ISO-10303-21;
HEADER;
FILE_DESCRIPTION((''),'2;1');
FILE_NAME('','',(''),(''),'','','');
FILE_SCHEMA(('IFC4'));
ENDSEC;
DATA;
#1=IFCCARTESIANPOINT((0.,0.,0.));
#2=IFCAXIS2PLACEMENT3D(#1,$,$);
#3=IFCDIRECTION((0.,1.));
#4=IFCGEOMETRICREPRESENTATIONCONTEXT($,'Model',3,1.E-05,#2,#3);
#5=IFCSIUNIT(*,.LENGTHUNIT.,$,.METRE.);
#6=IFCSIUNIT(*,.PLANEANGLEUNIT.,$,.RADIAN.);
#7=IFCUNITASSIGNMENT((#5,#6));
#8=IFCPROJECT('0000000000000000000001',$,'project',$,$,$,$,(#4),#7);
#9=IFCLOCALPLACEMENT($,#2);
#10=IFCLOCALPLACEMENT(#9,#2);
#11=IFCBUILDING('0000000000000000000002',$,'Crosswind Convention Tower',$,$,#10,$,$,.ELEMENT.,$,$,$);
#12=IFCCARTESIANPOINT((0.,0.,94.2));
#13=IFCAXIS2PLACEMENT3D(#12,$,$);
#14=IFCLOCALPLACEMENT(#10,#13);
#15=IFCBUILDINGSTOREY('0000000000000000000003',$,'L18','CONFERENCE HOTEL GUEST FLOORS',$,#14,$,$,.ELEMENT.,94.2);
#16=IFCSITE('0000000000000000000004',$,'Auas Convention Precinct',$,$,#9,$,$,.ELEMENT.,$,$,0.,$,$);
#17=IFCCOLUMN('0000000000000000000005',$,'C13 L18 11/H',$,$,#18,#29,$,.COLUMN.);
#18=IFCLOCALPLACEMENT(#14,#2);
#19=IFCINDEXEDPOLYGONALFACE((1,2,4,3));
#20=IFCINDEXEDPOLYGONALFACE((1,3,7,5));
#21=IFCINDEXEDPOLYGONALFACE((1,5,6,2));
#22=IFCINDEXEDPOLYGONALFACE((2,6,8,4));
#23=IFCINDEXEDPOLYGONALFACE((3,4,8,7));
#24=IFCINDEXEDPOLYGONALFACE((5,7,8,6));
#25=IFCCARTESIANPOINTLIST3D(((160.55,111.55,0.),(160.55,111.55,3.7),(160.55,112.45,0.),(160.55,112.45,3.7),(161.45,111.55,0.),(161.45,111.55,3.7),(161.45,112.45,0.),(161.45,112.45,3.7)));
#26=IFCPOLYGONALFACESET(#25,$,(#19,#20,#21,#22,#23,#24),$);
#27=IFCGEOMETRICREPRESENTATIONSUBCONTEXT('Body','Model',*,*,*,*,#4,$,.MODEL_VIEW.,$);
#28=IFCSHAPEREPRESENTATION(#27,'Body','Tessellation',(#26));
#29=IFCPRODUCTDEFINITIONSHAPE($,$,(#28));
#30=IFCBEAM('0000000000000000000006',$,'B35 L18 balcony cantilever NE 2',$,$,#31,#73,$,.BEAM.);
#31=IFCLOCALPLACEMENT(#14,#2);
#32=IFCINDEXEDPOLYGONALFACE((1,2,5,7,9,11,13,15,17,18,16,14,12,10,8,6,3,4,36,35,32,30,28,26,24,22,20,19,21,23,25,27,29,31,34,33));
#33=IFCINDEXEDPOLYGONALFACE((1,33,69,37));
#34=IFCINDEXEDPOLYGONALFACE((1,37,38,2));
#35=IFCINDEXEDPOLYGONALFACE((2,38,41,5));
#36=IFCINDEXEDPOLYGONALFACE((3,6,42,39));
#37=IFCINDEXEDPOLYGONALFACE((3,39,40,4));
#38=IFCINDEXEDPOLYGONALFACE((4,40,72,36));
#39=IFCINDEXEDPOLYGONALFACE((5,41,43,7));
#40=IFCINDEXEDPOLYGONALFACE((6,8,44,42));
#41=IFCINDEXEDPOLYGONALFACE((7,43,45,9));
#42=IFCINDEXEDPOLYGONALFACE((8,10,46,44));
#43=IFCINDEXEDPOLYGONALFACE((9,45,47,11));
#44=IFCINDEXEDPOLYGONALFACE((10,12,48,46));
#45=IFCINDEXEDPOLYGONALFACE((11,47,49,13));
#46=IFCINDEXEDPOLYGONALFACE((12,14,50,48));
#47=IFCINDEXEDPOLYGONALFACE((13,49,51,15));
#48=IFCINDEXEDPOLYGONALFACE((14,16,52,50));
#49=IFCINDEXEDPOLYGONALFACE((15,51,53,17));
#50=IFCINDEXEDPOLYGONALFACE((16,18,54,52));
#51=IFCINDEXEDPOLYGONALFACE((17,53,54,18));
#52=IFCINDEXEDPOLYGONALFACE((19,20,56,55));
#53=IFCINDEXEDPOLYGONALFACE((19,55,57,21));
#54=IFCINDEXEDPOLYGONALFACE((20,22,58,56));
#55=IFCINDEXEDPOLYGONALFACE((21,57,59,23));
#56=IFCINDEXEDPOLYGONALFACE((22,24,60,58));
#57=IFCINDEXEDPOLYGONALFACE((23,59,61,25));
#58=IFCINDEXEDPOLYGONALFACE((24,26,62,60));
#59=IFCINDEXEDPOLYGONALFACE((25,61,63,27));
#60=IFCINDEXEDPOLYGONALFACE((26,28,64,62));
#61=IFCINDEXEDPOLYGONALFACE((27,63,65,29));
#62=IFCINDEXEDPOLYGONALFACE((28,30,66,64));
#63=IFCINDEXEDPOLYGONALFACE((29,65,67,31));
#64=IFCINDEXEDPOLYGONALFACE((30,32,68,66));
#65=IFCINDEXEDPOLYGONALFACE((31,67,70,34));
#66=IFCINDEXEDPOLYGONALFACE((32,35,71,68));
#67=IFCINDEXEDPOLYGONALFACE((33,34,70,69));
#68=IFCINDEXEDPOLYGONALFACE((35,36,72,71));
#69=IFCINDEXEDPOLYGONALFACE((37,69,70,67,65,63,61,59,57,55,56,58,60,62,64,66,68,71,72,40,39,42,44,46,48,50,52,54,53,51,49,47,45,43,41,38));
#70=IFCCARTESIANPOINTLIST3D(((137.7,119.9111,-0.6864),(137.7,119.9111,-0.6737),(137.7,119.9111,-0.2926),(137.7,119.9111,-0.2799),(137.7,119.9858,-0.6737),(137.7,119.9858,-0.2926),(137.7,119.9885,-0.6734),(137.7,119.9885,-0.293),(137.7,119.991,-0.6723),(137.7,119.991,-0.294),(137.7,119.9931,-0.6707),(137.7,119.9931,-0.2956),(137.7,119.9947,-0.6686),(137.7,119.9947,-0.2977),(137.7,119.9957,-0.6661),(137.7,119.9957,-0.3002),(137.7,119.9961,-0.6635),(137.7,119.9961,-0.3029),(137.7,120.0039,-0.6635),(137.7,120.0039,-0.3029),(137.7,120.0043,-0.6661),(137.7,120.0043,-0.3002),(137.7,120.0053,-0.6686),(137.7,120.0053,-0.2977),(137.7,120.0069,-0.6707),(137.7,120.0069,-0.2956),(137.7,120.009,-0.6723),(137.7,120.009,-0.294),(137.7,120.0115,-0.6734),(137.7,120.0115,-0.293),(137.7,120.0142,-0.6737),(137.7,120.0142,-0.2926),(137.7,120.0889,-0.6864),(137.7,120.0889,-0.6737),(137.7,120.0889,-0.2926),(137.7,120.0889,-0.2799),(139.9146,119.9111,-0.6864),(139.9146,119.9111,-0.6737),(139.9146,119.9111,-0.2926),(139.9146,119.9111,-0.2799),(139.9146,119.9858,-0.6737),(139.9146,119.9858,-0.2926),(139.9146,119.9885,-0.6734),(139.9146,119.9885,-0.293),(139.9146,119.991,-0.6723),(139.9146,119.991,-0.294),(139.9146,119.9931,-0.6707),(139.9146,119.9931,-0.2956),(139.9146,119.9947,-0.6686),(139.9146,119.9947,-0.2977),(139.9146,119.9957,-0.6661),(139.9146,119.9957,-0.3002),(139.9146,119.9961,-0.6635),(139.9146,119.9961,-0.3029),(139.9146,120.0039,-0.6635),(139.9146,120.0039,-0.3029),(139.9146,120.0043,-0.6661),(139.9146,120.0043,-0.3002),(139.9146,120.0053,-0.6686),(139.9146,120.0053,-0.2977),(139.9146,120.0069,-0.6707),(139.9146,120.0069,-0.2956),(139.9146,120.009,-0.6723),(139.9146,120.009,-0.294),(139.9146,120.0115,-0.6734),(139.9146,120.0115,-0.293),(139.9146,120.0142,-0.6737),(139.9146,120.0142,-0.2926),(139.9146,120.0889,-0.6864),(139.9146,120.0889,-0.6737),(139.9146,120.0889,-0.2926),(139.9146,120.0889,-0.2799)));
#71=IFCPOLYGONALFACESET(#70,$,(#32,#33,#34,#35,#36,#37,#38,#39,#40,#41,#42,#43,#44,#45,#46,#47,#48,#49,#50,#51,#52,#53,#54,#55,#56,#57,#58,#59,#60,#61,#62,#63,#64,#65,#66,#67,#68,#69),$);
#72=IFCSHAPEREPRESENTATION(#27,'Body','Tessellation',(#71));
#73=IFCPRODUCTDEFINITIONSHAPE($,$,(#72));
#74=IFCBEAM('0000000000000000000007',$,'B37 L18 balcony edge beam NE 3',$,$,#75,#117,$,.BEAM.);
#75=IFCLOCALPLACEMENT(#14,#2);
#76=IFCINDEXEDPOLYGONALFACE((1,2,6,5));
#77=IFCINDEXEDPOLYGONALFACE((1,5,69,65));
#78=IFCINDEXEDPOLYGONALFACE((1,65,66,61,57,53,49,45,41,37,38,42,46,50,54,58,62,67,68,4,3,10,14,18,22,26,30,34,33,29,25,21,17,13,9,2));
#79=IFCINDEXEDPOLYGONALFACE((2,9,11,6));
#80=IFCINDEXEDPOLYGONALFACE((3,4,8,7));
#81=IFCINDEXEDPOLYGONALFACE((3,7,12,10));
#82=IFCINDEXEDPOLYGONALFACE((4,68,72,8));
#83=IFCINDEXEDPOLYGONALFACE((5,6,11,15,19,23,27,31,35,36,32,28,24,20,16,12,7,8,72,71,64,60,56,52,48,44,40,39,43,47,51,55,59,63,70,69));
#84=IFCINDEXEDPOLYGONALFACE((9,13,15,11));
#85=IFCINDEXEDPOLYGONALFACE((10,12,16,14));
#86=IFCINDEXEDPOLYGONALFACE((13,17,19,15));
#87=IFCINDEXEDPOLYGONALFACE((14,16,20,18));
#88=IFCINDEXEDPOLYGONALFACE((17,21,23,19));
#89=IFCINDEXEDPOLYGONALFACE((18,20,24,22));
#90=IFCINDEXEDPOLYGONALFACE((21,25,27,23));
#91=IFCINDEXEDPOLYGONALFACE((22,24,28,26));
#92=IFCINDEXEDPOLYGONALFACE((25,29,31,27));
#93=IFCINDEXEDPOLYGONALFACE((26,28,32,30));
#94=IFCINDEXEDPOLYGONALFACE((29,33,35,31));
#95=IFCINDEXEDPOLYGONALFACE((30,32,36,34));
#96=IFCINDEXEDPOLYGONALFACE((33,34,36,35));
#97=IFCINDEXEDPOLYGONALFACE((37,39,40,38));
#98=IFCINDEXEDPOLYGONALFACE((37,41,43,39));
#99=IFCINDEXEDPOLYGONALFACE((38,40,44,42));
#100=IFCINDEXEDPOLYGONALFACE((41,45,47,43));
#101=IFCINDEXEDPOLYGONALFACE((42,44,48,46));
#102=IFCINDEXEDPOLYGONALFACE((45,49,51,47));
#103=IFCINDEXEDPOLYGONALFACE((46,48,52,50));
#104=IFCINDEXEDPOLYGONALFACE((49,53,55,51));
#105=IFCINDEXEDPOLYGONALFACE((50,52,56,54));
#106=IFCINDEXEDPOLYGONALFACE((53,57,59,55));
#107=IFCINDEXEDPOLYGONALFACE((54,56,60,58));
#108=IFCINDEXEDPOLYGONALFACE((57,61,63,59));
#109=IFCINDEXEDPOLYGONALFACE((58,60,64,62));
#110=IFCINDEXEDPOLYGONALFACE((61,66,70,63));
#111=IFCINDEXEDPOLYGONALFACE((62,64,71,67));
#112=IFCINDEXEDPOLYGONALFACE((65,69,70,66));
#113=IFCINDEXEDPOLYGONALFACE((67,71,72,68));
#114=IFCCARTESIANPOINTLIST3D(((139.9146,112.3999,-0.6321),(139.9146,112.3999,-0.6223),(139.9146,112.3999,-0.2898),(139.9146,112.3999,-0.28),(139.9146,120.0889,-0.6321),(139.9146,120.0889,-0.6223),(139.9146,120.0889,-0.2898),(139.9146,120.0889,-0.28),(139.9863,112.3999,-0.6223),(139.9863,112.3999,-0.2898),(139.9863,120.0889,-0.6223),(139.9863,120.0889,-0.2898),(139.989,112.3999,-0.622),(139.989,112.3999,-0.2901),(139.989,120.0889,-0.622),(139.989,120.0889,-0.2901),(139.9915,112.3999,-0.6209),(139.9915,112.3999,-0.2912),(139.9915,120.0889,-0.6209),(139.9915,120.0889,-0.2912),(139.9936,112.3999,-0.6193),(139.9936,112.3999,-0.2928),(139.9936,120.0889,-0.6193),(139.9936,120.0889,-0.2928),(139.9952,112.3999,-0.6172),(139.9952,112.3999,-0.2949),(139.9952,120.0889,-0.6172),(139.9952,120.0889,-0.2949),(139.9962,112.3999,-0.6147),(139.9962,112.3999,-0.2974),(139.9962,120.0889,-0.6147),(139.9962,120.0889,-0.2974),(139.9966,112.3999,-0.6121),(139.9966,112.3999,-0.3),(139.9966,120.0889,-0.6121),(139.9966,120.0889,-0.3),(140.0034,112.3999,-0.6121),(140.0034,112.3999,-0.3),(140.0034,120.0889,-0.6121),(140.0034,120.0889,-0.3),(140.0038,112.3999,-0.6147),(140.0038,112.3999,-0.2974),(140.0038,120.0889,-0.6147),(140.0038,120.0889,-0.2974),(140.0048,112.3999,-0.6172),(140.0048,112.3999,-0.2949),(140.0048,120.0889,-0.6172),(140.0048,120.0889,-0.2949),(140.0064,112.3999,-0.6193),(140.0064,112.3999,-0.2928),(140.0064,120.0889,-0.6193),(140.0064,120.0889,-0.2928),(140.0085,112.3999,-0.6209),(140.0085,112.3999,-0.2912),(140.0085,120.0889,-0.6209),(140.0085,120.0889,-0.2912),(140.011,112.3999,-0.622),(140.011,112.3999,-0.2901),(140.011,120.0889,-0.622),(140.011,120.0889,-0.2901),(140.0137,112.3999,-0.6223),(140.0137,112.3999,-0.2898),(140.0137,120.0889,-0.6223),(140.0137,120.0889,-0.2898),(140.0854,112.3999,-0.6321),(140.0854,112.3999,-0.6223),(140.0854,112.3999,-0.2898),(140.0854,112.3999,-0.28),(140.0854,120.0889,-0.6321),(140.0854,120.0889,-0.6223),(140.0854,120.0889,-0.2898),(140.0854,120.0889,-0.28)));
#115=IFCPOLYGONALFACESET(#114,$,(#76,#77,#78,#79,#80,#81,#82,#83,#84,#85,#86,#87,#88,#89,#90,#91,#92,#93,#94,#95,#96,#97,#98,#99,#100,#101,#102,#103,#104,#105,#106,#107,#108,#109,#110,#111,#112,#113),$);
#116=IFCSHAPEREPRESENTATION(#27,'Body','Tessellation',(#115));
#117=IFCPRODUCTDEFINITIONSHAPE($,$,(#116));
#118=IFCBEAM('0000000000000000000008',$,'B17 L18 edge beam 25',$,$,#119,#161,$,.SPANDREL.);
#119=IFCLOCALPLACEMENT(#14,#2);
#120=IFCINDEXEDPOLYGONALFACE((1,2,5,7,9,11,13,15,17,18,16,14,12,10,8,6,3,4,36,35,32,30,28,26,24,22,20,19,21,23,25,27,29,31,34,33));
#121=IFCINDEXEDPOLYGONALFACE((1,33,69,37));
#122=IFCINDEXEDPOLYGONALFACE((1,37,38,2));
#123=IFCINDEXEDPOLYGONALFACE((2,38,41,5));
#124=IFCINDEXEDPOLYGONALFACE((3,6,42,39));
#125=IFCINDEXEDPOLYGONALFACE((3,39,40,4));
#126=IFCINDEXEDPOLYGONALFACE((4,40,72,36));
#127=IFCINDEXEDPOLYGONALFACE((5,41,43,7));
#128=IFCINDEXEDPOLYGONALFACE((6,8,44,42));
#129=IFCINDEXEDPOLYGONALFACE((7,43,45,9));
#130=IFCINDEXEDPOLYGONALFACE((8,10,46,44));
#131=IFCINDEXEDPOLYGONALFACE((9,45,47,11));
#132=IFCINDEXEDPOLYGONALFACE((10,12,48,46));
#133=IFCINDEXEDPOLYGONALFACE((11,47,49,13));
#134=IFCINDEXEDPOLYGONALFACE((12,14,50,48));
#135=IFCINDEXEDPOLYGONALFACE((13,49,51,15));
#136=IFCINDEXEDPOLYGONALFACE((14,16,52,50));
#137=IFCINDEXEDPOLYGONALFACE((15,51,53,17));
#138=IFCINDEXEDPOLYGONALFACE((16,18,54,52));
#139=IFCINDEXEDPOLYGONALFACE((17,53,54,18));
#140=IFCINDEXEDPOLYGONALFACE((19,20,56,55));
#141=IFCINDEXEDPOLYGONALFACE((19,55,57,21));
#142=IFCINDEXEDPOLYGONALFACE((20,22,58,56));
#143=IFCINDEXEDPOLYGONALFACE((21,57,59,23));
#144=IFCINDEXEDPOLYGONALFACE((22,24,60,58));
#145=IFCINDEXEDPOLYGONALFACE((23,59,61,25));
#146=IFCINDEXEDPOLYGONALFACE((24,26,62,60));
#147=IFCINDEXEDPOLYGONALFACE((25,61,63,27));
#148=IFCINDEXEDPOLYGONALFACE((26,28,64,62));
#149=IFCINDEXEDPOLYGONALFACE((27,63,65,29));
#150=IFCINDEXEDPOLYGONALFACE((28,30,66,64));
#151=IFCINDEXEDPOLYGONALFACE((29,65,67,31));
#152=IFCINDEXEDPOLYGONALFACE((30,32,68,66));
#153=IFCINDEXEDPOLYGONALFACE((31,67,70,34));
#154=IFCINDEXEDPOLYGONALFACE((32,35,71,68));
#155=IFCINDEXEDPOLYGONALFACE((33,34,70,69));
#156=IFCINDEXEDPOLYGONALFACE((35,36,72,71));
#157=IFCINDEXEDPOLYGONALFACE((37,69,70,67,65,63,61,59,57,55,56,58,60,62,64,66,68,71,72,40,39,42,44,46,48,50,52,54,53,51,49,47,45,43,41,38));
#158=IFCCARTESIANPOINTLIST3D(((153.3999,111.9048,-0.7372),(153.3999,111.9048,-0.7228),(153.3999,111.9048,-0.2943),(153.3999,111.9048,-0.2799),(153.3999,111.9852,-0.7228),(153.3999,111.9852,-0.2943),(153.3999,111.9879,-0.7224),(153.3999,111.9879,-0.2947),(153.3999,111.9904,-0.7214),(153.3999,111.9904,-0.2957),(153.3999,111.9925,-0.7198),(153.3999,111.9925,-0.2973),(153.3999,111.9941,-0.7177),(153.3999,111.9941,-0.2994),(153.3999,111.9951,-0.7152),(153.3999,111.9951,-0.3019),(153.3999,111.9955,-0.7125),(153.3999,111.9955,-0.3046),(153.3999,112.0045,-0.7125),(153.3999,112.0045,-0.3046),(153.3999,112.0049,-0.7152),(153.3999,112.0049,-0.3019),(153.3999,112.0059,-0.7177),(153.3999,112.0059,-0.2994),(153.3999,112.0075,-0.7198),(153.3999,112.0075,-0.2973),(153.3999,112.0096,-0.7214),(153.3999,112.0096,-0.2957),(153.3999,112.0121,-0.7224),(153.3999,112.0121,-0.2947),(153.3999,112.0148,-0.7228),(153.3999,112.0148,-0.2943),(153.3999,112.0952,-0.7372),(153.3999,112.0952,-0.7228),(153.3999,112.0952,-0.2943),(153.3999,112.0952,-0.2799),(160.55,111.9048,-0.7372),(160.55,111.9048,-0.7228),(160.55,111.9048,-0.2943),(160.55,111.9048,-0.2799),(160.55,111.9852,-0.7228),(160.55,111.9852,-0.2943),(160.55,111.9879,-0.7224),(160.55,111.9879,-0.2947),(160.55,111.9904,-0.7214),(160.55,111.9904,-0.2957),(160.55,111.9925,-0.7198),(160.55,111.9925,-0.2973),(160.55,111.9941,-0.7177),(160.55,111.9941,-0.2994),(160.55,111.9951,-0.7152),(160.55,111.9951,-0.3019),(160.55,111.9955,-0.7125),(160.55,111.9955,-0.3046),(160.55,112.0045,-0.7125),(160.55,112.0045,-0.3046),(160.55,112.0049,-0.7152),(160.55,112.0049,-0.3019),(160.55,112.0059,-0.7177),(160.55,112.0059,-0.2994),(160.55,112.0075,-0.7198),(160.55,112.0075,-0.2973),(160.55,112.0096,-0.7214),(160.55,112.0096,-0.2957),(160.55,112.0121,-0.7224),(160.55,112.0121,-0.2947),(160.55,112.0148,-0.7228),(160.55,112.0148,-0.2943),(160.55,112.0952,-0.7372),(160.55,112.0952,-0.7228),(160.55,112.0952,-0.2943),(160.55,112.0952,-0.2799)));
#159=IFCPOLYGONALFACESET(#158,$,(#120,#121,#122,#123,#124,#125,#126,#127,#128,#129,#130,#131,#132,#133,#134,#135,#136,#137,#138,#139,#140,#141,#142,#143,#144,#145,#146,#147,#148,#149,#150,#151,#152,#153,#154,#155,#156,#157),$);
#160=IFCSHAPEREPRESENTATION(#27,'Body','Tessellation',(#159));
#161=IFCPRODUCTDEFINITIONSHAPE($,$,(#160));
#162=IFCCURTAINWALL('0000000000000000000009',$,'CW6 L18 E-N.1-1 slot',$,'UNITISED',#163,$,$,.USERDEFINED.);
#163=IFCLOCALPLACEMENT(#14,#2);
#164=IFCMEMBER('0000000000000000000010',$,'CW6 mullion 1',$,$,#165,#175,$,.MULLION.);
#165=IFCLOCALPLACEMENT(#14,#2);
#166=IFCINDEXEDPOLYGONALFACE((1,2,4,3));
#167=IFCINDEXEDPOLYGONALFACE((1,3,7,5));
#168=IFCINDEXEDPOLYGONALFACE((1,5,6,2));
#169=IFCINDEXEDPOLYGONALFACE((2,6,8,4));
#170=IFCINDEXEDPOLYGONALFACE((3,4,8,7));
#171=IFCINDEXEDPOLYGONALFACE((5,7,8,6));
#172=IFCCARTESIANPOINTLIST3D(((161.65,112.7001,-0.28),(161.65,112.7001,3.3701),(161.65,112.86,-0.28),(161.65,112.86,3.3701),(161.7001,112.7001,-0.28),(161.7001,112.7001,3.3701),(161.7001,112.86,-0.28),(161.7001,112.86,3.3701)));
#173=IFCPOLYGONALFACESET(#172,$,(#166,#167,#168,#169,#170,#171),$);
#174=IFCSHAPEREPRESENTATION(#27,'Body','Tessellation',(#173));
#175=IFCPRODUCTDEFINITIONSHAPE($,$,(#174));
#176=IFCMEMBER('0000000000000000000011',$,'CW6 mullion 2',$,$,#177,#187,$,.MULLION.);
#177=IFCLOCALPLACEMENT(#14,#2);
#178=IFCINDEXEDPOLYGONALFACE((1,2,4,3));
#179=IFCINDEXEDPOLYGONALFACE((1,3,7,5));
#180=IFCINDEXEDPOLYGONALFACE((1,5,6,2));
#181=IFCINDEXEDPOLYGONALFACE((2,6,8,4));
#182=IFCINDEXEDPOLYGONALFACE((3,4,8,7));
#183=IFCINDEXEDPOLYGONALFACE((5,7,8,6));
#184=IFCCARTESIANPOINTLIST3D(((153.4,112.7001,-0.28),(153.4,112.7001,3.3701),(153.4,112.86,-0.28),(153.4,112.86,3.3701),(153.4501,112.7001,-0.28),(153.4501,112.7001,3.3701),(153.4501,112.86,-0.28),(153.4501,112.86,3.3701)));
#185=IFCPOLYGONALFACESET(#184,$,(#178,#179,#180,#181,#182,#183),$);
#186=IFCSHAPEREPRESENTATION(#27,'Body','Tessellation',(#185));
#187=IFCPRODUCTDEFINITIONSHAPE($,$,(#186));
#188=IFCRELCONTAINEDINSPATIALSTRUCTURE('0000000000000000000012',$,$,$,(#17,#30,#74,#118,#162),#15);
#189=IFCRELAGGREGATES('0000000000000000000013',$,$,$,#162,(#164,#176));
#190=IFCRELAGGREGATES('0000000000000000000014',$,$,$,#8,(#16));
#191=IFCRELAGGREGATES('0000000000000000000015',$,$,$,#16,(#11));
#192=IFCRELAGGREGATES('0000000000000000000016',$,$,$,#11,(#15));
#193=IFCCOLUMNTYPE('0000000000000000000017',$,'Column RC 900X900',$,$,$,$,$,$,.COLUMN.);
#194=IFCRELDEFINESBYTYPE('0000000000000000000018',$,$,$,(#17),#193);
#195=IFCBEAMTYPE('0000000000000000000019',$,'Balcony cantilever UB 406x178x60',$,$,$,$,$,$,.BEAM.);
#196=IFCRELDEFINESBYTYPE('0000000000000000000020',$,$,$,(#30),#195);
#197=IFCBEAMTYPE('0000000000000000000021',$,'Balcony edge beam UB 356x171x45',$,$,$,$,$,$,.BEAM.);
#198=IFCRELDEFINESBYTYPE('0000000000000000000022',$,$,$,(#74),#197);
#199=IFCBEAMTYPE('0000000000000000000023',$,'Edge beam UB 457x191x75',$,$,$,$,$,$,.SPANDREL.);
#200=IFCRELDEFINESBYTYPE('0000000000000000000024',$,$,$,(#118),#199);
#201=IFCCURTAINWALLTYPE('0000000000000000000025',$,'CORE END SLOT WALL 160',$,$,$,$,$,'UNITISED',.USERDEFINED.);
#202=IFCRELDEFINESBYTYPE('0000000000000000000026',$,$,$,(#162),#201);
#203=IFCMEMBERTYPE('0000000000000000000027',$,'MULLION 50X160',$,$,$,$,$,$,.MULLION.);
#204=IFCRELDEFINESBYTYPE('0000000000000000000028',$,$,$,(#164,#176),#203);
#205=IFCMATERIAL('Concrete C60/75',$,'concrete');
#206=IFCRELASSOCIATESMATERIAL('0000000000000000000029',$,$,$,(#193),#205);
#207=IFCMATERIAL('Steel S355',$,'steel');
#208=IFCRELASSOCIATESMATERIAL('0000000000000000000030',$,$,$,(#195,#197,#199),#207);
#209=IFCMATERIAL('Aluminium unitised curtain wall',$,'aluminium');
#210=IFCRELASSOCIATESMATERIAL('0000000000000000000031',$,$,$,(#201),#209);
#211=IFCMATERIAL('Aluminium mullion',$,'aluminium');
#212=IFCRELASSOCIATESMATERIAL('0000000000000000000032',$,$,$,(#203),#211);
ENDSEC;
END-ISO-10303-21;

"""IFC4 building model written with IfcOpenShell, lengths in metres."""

from ifc_helpers import new_model, si_unit, direction, frame, origin, origin_2d, place, context, subcontext, project, spatial, rectangle, i_section, extrude, material, material_profile, profile_set, type_object, element, aggregate, save


model = new_model("IFC4")

# Units and contexts
model_context = context("Model", 3, precision=1e-05, world=origin(), true_north=direction((0.0, 1.0)))
body_context = subcontext(model_context, "Body", "Model", "MODEL_VIEW")
ifc_project = project(units=[si_unit("LENGTHUNIT", "METRE"), si_unit("PLANEANGLEUNIT", "RADIAN")], contexts=[model_context])

# Site, building, storey
site_placement = place(None, origin())
site = spatial("IfcSite", under=ifc_project, at=site_placement, Name="Auas Convention Precinct", CompositionType="ELEMENT", RefElevation=0.0)
building_placement = place(site_placement, origin())
building = spatial("IfcBuilding", under=site, at=building_placement, Name="Crosswind Convention Tower", CompositionType="ELEMENT")
storey_placement = place(building_placement, frame((0.0, 0.0, 94.2)))
storey = spatial("IfcBuildingStorey", under=building, at=storey_placement, Name="L18", Description="CONFERENCE HOTEL GUEST FLOORS", CompositionType="ELEMENT", Elevation=94.2)

# Column
ifc_material_1 = material(Name="Concrete C60/75", Category="concrete")
ifc_material_profile_1 = material_profile(ifc_material_1, rectangle(XDim=0.8999, YDim=0.8999, at=origin_2d()), Name="RC 900X900")
ifc_profile_set_1 = profile_set([ifc_material_profile_1], Name="Concrete C60/75")
column_type = type_object("IfcColumnType", Name="Column RC 900X900", PredefinedType="COLUMN", material=ifc_profile_set_1)
column_placement = place(storey_placement, frame((161.0, 112.0, 0.0), z_axis=(0.0, 0.0, 1.0), x_axis=(1.0, 0.0, 0.0)))
element("IfcColumn", 1, at=column_placement, inside=storey, type_object=column_type, Name="C13 L18 11/H", PredefinedType="COLUMN", context=body_context, shape_type="SweptSolid", body=[
    extrude(rectangle(XDim=0.8999, YDim=0.8999, at=origin_2d()), origin(), (0.0, 0.0, 1.0), 3.7),
])

# Beams
ifc_material_2 = material(Name="Steel S355", Category="steel")
ifc_material_profile_2 = material_profile(ifc_material_2, i_section(OverallWidth=0.1777, OverallDepth=0.4065, WebThickness=0.0078, FlangeThickness=0.0127, FilletRadius=0.0103, at=origin_2d()), Name="UB 406x178x60")
ifc_profile_set_2 = profile_set([ifc_material_profile_2], Name="Steel S355")
beam_type_1 = type_object("IfcBeamType", Name="Balcony cantilever UB 406x178x60", PredefinedType="BEAM", material=ifc_profile_set_2)
beam_1_placement = place(storey_placement, frame((137.7, 120.0, -0.4832), z_axis=(1.0, 0.0, 0.0), x_axis=(0.0, 1.0, 0.0)))
element("IfcBeam", 2, at=beam_1_placement, inside=storey, type_object=beam_type_1, Name="B35 L18 balcony cantilever NE 2", PredefinedType="BEAM", context=body_context, shape_type="SweptSolid", body=[
    extrude(i_section(OverallWidth=0.1777, OverallDepth=0.4065, WebThickness=0.0078, FlangeThickness=0.0127, FilletRadius=0.0103, at=origin_2d()), origin(), (0.0, 0.0, 1.0), 2.2146),
])
ifc_material_profile_3 = material_profile(ifc_material_2, i_section(OverallWidth=0.1709, OverallDepth=0.3521, WebThickness=0.0068, FlangeThickness=0.0098, FilletRadius=0.0103, at=origin_2d()), Name="UB 356x171x45")
ifc_profile_set_3 = profile_set([ifc_material_profile_3], Name="Steel S355")
beam_type_2 = type_object("IfcBeamType", Name="Balcony edge beam UB 356x171x45", PredefinedType="BEAM", material=ifc_profile_set_3)
beam_2_placement = place(storey_placement, frame((140.0, 112.3999, -0.4561), z_axis=(0.0, 1.0, 0.0), x_axis=(-1.0, 0.0, 0.0)))
element("IfcBeam", 3, at=beam_2_placement, inside=storey, type_object=beam_type_2, Name="B37 L18 balcony edge beam NE 3", PredefinedType="BEAM", context=body_context, shape_type="SweptSolid", body=[
    extrude(i_section(OverallWidth=0.1709, OverallDepth=0.3521, WebThickness=0.0068, FlangeThickness=0.0098, FilletRadius=0.0103, at=origin_2d()), origin(), (0.0, 0.0, 1.0), 7.689),
])
ifc_material_profile_4 = material_profile(ifc_material_2, i_section(OverallWidth=0.1904, OverallDepth=0.4573, WebThickness=0.009, FlangeThickness=0.0144, FilletRadius=0.0103, at=origin_2d()), Name="UB 457x191x75")
ifc_profile_set_4 = profile_set([ifc_material_profile_4], Name="Steel S355")
beam_type_3 = type_object("IfcBeamType", Name="Edge beam UB 457x191x75", PredefinedType="SPANDREL", material=ifc_profile_set_4)
beam_3_placement = place(storey_placement, frame((153.3999, 112.0, -0.5085), z_axis=(1.0, 0.0, 0.0), x_axis=(0.0, 1.0, 0.0)))
element("IfcBeam", 4, at=beam_3_placement, inside=storey, type_object=beam_type_3, Name="B17 L18 edge beam 25", PredefinedType="SPANDREL", context=body_context, shape_type="SweptSolid", body=[
    extrude(i_section(OverallWidth=0.1904, OverallDepth=0.4573, WebThickness=0.009, FlangeThickness=0.0144, FilletRadius=0.0103, at=origin_2d()), origin(), (0.0, 0.0, 1.0), 7.1501),
])

# Curtain wall, members
ifc_material_3 = material(Name="Aluminium unitised curtain wall", Category="aluminium")
curtain_wall_type_1 = type_object("IfcCurtainWallType", Name="CORE END SLOT WALL 160", ElementType="UNITISED", PredefinedType="USERDEFINED", material=ifc_material_3)
curtain_wall_1_placement = place(storey_placement, origin())
curtain_wall_1 = element("IfcCurtainWall", 5, at=curtain_wall_1_placement, inside=storey, type_object=curtain_wall_type_1, Name="CW6 L18 E-N.1-1 slot", ObjectType="UNITISED", PredefinedType="USERDEFINED")
ifc_material_4 = material(Name="Aluminium mullion", Category="aluminium")
ifc_material_profile_5 = material_profile(ifc_material_4, rectangle(XDim=0.1599, YDim=0.05, at=origin_2d()), Name="AL 160X50")
ifc_profile_set_5 = profile_set([ifc_material_profile_5], Name="Aluminium mullion")
member_type_1 = type_object("IfcMemberType", Name="MULLION 50X160", PredefinedType="MULLION", material=ifc_profile_set_5)
member_1_placement = place(storey_placement, frame((161.675, 112.78, -0.28), z_axis=(0.0, 0.0, 1.0), x_axis=(0.0, 1.0, 0.0)))
member_1 = element("IfcMember", 6, at=member_1_placement, type_object=member_type_1, Name="CW6 mullion 1", PredefinedType="MULLION", context=body_context, shape_type="SweptSolid", body=[
    extrude(rectangle(XDim=0.1599, YDim=0.05, at=origin_2d()), origin(), (0.0, 0.0, 1.0), 3.6501),
])
member_2_placement = place(storey_placement, frame((153.425, 112.78, -0.28), z_axis=(0.0, 0.0, 1.0), x_axis=(0.0, 1.0, 0.0)))
member_2 = element("IfcMember", 7, at=member_2_placement, type_object=member_type_1, Name="CW6 mullion 2", PredefinedType="MULLION", context=body_context, shape_type="SweptSolid", body=[
    extrude(rectangle(XDim=0.1599, YDim=0.05, at=origin_2d()), origin(), (0.0, 0.0, 1.0), 3.6501),
])

aggregate(curtain_wall_1, [member_1, member_2])

save(model, "model.ifc")
